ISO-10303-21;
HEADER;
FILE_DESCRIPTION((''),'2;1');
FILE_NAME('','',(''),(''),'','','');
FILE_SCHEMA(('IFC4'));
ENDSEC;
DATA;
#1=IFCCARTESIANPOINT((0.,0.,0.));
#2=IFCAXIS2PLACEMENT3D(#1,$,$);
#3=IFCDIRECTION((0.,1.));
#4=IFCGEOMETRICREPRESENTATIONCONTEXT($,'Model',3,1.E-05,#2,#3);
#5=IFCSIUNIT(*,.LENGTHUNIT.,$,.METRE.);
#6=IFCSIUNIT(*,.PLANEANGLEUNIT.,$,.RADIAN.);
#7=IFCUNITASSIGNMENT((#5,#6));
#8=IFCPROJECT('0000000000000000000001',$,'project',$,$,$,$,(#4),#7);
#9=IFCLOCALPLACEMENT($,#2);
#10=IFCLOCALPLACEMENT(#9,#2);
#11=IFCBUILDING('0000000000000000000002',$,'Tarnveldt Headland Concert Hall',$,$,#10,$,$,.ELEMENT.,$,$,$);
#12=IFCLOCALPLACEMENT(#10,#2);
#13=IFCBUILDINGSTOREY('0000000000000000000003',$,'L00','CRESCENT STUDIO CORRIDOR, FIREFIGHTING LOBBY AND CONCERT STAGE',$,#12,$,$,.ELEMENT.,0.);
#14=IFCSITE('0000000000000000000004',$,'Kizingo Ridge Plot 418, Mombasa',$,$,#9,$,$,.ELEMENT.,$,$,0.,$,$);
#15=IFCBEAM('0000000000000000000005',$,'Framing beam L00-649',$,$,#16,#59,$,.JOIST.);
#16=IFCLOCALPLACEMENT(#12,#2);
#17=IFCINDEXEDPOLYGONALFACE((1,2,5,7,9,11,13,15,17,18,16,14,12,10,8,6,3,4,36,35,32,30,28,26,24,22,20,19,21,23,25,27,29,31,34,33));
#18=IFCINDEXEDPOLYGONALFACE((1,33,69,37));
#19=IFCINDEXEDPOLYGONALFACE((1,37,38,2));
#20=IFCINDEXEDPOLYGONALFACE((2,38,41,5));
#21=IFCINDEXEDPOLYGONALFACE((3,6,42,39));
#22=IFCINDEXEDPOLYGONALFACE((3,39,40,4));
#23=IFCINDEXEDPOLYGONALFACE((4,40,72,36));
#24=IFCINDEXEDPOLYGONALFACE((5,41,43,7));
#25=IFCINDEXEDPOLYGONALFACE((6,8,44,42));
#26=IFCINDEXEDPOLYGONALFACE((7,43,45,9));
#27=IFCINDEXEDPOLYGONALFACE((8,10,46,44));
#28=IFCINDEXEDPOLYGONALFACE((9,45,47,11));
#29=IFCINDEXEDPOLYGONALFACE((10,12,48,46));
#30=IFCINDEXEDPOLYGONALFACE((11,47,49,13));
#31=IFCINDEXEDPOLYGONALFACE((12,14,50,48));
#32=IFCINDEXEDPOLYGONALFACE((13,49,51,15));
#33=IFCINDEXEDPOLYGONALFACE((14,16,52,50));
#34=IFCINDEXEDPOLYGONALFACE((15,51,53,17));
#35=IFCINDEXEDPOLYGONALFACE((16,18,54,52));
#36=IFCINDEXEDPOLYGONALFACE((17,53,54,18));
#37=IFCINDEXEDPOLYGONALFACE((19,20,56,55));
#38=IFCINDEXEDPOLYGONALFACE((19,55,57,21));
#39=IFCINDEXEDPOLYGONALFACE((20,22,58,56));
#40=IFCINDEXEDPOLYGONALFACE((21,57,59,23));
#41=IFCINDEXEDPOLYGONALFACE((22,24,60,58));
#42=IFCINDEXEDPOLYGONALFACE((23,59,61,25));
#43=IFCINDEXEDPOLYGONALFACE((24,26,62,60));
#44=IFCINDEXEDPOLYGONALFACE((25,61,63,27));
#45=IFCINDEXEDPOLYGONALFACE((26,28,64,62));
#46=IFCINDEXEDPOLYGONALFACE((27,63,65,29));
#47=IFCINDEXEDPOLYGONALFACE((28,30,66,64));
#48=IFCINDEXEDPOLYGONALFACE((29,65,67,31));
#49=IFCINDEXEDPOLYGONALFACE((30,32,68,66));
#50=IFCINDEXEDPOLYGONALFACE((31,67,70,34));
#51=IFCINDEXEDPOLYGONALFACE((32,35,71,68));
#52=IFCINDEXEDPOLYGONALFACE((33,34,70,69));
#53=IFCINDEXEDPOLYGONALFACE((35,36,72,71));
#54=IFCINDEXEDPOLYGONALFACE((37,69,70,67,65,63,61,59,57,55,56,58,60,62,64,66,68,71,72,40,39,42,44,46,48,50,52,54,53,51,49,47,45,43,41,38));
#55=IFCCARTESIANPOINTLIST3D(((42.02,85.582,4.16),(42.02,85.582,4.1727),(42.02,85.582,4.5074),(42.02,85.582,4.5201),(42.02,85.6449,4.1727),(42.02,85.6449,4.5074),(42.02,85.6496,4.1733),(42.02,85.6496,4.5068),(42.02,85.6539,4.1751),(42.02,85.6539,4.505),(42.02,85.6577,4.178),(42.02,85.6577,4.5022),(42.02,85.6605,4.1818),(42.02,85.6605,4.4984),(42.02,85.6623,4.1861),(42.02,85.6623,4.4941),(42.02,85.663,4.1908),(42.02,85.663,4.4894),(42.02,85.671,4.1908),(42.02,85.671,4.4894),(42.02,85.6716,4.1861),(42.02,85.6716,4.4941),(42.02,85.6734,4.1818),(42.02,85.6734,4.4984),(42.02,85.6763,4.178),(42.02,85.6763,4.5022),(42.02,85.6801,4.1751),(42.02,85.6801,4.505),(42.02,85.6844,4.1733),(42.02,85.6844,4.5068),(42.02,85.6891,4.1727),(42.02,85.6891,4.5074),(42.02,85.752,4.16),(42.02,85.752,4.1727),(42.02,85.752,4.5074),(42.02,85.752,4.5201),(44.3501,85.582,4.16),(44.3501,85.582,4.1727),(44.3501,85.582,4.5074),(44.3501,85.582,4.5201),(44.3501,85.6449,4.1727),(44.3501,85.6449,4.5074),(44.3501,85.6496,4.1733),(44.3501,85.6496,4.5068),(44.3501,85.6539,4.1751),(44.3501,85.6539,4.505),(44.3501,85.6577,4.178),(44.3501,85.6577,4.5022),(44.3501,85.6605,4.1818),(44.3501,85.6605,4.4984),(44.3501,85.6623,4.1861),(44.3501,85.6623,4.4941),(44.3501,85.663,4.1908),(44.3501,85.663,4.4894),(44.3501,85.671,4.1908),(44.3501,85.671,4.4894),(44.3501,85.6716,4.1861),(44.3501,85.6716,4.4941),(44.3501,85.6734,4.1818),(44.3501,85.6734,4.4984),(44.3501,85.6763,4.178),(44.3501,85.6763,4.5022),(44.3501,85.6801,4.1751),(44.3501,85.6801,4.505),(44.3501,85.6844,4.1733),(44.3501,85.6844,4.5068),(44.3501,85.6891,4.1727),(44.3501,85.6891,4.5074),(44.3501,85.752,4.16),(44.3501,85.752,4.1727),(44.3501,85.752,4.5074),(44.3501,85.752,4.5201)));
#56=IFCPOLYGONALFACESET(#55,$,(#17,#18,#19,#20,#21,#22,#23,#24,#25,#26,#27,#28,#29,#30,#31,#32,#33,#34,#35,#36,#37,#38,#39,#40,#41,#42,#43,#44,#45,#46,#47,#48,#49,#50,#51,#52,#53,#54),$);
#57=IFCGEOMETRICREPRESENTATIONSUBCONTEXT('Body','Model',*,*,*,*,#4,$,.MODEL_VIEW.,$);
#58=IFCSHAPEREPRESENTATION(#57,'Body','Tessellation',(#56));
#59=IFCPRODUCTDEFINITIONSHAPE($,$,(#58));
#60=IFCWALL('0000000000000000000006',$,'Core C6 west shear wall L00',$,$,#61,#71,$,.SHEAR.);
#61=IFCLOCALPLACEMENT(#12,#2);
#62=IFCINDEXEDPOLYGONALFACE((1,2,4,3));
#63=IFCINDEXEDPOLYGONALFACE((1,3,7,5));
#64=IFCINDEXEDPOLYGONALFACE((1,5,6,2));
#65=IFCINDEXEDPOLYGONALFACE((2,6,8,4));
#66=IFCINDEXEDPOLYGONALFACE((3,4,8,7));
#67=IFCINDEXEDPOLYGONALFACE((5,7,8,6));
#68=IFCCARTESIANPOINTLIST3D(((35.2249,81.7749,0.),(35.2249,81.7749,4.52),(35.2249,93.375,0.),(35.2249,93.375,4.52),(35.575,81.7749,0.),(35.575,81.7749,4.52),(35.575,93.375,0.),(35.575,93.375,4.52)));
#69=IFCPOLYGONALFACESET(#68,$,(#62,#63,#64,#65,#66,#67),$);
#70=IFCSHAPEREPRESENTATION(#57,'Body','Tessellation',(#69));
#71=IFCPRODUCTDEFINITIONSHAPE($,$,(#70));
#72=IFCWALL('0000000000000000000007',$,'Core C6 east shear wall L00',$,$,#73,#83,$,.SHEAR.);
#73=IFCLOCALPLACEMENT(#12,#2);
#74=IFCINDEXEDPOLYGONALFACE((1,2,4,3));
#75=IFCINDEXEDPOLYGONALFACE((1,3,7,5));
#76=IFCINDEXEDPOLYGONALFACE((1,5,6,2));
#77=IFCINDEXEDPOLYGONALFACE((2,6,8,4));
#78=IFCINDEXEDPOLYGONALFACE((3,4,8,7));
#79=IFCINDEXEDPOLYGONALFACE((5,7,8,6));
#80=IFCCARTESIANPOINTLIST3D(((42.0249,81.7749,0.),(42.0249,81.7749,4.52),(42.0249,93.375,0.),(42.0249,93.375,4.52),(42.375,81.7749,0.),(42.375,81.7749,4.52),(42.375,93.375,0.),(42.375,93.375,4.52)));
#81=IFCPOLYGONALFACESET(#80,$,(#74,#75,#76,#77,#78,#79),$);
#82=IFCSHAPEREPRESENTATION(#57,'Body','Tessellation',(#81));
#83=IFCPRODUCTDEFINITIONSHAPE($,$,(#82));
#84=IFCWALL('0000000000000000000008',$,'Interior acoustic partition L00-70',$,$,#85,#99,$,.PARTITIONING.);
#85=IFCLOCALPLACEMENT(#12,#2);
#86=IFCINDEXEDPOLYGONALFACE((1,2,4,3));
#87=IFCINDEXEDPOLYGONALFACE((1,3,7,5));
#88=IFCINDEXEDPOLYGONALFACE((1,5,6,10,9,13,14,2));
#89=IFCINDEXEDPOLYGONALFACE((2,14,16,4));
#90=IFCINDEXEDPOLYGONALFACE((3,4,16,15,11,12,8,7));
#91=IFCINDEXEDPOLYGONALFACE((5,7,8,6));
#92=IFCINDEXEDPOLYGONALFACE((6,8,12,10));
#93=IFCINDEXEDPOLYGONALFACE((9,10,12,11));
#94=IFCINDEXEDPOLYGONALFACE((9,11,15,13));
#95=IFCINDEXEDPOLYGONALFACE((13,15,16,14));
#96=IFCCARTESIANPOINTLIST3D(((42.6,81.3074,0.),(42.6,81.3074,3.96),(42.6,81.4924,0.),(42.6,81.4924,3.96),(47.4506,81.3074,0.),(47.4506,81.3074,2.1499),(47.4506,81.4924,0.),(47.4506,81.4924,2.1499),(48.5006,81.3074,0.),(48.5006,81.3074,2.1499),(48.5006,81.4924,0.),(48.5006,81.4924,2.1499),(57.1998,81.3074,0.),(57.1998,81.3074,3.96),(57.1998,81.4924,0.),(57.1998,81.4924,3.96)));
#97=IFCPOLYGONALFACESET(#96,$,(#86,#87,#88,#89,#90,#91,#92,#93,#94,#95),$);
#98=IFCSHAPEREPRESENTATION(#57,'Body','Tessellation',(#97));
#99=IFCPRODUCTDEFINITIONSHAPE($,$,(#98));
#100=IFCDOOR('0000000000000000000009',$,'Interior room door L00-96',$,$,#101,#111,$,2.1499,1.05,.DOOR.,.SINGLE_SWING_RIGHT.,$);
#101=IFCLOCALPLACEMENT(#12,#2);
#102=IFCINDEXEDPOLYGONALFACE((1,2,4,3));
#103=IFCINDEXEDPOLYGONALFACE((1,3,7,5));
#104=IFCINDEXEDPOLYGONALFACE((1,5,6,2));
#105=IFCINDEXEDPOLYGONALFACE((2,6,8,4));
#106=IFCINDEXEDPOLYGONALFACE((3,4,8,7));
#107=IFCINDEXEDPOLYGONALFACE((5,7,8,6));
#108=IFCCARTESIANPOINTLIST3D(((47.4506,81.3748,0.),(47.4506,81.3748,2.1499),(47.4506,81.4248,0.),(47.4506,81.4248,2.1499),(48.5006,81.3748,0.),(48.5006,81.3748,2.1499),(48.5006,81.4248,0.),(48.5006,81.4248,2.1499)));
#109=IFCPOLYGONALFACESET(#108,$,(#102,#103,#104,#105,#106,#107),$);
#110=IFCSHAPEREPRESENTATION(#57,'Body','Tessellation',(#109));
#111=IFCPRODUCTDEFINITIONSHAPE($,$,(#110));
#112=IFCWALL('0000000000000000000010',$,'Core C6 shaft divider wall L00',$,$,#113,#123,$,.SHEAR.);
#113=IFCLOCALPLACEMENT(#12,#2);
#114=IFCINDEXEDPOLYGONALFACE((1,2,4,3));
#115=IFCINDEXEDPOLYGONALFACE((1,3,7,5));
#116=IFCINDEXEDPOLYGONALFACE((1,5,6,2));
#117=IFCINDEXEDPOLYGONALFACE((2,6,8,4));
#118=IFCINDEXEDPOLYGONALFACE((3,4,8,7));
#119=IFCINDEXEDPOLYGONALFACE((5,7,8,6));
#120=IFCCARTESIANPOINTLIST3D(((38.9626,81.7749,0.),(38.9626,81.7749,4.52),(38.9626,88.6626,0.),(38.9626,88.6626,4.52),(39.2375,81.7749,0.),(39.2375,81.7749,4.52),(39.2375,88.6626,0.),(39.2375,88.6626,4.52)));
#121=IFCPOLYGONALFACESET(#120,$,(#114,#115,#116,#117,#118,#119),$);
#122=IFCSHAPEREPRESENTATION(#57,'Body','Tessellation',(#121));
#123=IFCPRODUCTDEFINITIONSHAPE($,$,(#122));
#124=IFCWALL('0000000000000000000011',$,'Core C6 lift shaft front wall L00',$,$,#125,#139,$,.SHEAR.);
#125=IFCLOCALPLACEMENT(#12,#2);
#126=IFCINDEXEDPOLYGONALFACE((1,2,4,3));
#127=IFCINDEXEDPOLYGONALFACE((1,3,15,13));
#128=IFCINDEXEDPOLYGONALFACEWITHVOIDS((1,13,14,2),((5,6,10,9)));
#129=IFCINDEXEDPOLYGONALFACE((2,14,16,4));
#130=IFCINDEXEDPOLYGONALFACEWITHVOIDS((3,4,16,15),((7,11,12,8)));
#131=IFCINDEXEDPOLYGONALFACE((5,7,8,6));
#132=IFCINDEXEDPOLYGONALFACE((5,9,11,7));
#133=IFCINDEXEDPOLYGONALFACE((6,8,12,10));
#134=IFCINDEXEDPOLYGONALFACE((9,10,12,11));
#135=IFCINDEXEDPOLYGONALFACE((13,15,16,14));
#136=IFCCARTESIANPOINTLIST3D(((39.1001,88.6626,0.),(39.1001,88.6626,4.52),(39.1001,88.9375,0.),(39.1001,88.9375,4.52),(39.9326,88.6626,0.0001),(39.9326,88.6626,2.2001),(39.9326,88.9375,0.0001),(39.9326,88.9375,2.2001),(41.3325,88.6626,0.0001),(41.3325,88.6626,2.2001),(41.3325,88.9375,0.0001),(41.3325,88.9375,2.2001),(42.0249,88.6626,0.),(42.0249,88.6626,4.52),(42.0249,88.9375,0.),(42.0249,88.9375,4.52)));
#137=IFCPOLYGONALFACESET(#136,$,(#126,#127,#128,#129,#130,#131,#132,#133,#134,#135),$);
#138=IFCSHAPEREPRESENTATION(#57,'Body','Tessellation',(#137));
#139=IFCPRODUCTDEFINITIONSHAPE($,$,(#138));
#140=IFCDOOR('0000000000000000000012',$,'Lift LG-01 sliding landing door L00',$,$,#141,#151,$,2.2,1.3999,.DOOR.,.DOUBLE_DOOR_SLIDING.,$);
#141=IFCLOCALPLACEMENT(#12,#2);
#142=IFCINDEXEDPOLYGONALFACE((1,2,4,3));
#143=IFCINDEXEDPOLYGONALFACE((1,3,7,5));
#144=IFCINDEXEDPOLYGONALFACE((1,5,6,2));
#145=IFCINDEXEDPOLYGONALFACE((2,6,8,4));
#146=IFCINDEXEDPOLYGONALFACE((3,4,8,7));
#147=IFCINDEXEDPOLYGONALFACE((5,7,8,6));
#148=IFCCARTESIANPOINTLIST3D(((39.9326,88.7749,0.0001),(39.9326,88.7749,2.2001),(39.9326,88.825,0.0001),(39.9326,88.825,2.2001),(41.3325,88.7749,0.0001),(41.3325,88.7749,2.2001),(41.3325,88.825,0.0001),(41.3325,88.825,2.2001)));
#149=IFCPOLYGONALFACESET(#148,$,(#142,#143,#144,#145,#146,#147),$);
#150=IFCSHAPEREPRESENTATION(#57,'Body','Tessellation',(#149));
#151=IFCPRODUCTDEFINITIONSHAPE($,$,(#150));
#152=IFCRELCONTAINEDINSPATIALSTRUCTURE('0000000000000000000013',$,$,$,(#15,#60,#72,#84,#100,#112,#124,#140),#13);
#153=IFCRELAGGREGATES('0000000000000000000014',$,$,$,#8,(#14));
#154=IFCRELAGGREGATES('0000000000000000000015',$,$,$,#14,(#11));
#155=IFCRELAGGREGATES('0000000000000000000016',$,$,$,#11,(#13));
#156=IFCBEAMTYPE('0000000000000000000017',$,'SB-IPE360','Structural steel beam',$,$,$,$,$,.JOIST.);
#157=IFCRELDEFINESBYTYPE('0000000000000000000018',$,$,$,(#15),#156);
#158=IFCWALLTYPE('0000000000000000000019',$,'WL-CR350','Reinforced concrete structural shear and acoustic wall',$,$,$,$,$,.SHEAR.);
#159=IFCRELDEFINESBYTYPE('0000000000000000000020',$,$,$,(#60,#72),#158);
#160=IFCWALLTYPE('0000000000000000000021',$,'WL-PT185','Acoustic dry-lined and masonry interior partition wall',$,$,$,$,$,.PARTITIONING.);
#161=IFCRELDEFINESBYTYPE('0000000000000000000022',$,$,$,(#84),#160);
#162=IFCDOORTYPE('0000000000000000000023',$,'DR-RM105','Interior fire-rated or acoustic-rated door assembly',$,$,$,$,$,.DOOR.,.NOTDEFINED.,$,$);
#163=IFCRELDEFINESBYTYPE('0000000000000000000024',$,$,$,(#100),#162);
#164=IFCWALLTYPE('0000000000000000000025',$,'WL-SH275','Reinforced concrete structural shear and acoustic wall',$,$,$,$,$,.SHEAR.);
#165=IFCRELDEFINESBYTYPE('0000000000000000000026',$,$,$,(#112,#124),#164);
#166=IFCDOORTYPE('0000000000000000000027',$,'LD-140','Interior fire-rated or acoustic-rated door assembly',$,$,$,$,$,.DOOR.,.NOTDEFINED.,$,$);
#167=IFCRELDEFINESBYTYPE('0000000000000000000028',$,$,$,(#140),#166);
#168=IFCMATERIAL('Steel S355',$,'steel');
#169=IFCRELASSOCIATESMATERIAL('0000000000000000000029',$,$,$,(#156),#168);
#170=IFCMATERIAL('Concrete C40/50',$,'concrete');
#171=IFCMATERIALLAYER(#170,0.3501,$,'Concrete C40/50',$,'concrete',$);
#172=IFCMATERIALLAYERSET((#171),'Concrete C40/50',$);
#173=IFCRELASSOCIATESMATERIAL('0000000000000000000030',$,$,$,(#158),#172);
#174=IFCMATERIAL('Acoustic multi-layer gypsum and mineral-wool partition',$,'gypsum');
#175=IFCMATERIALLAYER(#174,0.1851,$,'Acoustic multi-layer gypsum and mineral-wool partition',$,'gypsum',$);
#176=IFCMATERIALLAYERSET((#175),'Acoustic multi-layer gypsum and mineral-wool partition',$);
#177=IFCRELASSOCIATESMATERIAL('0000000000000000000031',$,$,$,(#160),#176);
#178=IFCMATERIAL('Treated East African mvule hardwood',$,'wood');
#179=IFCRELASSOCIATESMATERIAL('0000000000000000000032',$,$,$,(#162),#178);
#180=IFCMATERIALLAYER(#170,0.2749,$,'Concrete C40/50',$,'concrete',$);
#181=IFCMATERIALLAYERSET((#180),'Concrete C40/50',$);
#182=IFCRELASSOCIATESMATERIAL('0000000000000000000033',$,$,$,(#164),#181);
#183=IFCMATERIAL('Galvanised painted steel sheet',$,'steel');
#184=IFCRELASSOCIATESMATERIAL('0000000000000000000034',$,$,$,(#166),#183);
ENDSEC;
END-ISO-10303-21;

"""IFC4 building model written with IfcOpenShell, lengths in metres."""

from ifc_helpers import new_model, si_unit, direction, frame, frame_2d, origin, origin_2d, place, context, subcontext, project, spatial, rectangle, i_section, extrude, material, layer, layer_set, material_profile, profile_set, type_object, element, fill, save


model = new_model("IFC4")

# Units and contexts
model_context = context("Model", 3, precision=1e-05, world=origin(), true_north=direction((0.0, 1.0)))
body_context = subcontext(model_context, "Body", "Model", "MODEL_VIEW")
ifc_project = project(units=[si_unit("LENGTHUNIT", "METRE"), si_unit("PLANEANGLEUNIT", "RADIAN")], contexts=[model_context])

# Site, building, storey
site_placement = place(None, origin())
site = spatial("IfcSite", under=ifc_project, at=site_placement, Name="Kizingo Ridge Plot 418, Mombasa", CompositionType="ELEMENT", RefElevation=0.0)
building_placement = place(site_placement, origin())
building = spatial("IfcBuilding", under=site, at=building_placement, Name="Tarnveldt Headland Concert Hall", CompositionType="ELEMENT")
storey_placement = place(building_placement, origin())
storey = spatial("IfcBuildingStorey", under=building, at=storey_placement, Name="L00", Description="CRESCENT STUDIO CORRIDOR, FIREFIGHTING LOBBY AND CONCERT STAGE", CompositionType="ELEMENT", Elevation=0.0)

# Shared definitions
ifc_material_1 = material(Name="Concrete C40/50", Category="concrete")

# Beam
ifc_material_2 = material(Name="Steel S355", Category="steel")
ifc_material_profile_1 = material_profile(ifc_material_2, i_section(OverallWidth=0.1699, OverallDepth=0.3601, WebThickness=0.0081, FlangeThickness=0.0127, FilletRadius=0.0181, at=origin_2d()), Name="IPE360", Category="steel")
ifc_profile_set_1 = profile_set([ifc_material_profile_1], Name="Steel S355")
beam_type_1 = type_object("IfcBeamType", Name="SB-IPE360", Description="Structural steel beam", PredefinedType="JOIST", material=ifc_profile_set_1)
beam_1_placement = place(storey_placement, frame((42.02, 85.667, 4.3401), z_axis=(1.0, 0.0, 0.0), x_axis=(0.0, 1.0, 0.0)))
element("IfcBeam", 1, at=beam_1_placement, inside=storey, type_object=beam_type_1, Name="Framing beam L00-649", PredefinedType="JOIST", context=body_context, shape_type="SweptSolid", body=[
    extrude(i_section(OverallWidth=0.1699, OverallDepth=0.3601, WebThickness=0.0081, FlangeThickness=0.0127, FilletRadius=0.0181, at=origin_2d()), origin(), (0.0, 0.0, 1.0), 2.3301),
])

# Walls
ifc_layer_1 = layer(ifc_material_1, 0.3501, Name="Concrete C40/50", Category="concrete")
ifc_layer_set_1 = layer_set([ifc_layer_1], Name="Concrete C40/50")
wall_type_1 = type_object("IfcWallType", Name="WL-CR350", Description="Reinforced concrete structural shear and acoustic wall", PredefinedType="SHEAR", material=ifc_layer_set_1)
for number, where, z_axis, x_axis, name in (
    (2, (35.3999, 81.7749, 0.0), (0.0, 0.0, 1.0), (0.0, 1.0, 0.0), "Core C6 west shear wall L00"),
    (3, (42.2, 81.7749, 0.0), (0.0, 0.0, 1.0), (0.0, 1.0, 0.0), "Core C6 east shear wall L00"),
):
    element("IfcWall", number, at=place(storey_placement, frame(where, z_axis=z_axis, x_axis=x_axis)), inside=storey, type_object=wall_type_1, Name=name, PredefinedType="SHEAR", context=body_context, shape_type="SweptSolid", body=[
        extrude(rectangle(XDim=11.6001, YDim=0.3501, at=frame_2d((5.8, 0.0))), origin(), (0.0, 0.0, 1.0), 4.52),
    ])

# Wall, opening, door
ifc_material_3 = material(Name="Acoustic multi-layer gypsum and mineral-wool partition", Category="gypsum")
ifc_layer_2 = layer(ifc_material_3, 0.1851, Name="Acoustic multi-layer gypsum and mineral-wool partition", Category="gypsum")
ifc_layer_set_2 = layer_set([ifc_layer_2], Name="Acoustic multi-layer gypsum and mineral-wool partition")
wall_type_2 = type_object("IfcWallType", Name="WL-PT185", Description="Acoustic dry-lined and masonry interior partition wall", PredefinedType="PARTITIONING", material=ifc_layer_set_2)
wall_1_placement = place(storey_placement, frame((42.6001, 81.3999, 0.0), z_axis=(0.0, 0.0, 1.0), x_axis=(1.0, 0.0, 0.0)))
wall_1 = element("IfcWall", 4, at=wall_1_placement, inside=storey, type_object=wall_type_2, Name="Interior acoustic partition L00-70", PredefinedType="PARTITIONING", context=body_context, shape_type="SweptSolid", body=[
    extrude(rectangle(XDim=14.5999, YDim=0.1851, at=frame_2d((7.2998, 0.0))), origin(), (0.0, 0.0, 1.0), 3.96),
])
opening_1_placement = place(wall_1_placement, frame((4.8506, 0.0, 0.0)))
opening_1 = element("IfcOpeningElement", 5, at=opening_1_placement, cuts=wall_1, PredefinedType="OPENING", context=body_context, shape_type="SweptSolid", body=[
    extrude(rectangle(XDim=1.05, YDim=2.1499, at=frame_2d((0.5249, 1.075))), frame((0.0, 0.1025, 0.0), z_axis=(0.0, -1.0, 0.0), x_axis=(1.0, 0.0, 0.0)), (0.0, 0.0, 1.0), 0.2051),
])
ifc_material_4 = material(Name="Treated East African mvule hardwood", Category="wood")
door_type_1 = type_object("IfcDoorType", Name="DR-RM105", Description="Interior fire-rated or acoustic-rated door assembly", OperationType="NOTDEFINED", PredefinedType="DOOR", material=ifc_material_4)
door_1_placement = place(opening_1_placement, origin())
door_1 = element("IfcDoor", 6, at=door_1_placement, inside=storey, type_object=door_type_1, Name="Interior room door L00-96", OperationType="SINGLE_SWING_RIGHT", OverallHeight=2.1499, OverallWidth=1.05, PredefinedType="DOOR", context=body_context, shape_type="SweptSolid", body=[
    extrude(rectangle(XDim=1.05, YDim=2.1499, at=frame_2d((0.5249, 1.075))), frame((0.0, 0.0249, 0.0), z_axis=(0.0, -1.0, 0.0), x_axis=(1.0, 0.0, 0.0)), (0.0, 0.0, 1.0), 0.05),
])
fill(opening_1, door_1)

# Wall
ifc_layer_3 = layer(ifc_material_1, 0.2749, Name="Concrete C40/50", Category="concrete")
ifc_layer_set_3 = layer_set([ifc_layer_3], Name="Concrete C40/50")
wall_type_3 = type_object("IfcWallType", Name="WL-SH275", Description="Reinforced concrete structural shear and acoustic wall", PredefinedType="SHEAR", material=ifc_layer_set_3)
wall_2_placement = place(storey_placement, frame((39.1001, 81.7749, 0.0), z_axis=(0.0, 0.0, 1.0), x_axis=(0.0, 1.0, 0.0)))
element("IfcWall", 7, at=wall_2_placement, inside=storey, type_object=wall_type_3, Name="Core C6 shaft divider wall L00", PredefinedType="SHEAR", context=body_context, shape_type="SweptSolid", body=[
    extrude(rectangle(XDim=6.8877, YDim=0.2749, at=frame_2d((3.4438, 0.0))), origin(), (0.0, 0.0, 1.0), 4.52),
])

# Wall, opening, door
ifc_material_5 = material(Name="Galvanised painted steel sheet", Category="steel")
wall_3_placement = place(storey_placement, frame((39.1001, 88.8, 0.0), z_axis=(0.0, 0.0, 1.0), x_axis=(1.0, 0.0, 0.0)))
wall_3 = element("IfcWall", 8, at=wall_3_placement, inside=storey, type_object=wall_type_3, Name="Core C6 lift shaft front wall L00", PredefinedType="SHEAR", context=body_context, shape_type="SweptSolid", body=[
    extrude(rectangle(XDim=2.9248, YDim=0.2749, at=frame_2d((1.4624, 0.0))), origin(), (0.0, 0.0, 1.0), 4.52),
])
opening_2_placement = place(wall_3_placement, frame((0.8325, 0.0, 0.0)))
opening_2 = element("IfcOpeningElement", 9, at=opening_2_placement, cuts=wall_3, PredefinedType="OPENING", context=body_context, shape_type="SweptSolid", body=[
    extrude(rectangle(XDim=1.3999, YDim=2.2, at=frame_2d((0.7, 1.1001))), frame((0.0, 0.1475, 0.0), z_axis=(0.0, -1.0, 0.0), x_axis=(1.0, 0.0, 0.0)), (0.0, 0.0, 1.0), 0.2949),
])
door_type_2 = type_object("IfcDoorType", Name="LD-140", Description="Interior fire-rated or acoustic-rated door assembly", OperationType="NOTDEFINED", PredefinedType="DOOR", material=ifc_material_5)
door_2_placement = place(opening_2_placement, origin())
door_2 = element("IfcDoor", 10, at=door_2_placement, inside=storey, type_object=door_type_2, Name="Lift LG-01 sliding landing door L00", OperationType="DOUBLE_DOOR_SLIDING", OverallHeight=2.2, OverallWidth=1.3999, PredefinedType="DOOR", context=body_context, shape_type="SweptSolid", body=[
    extrude(rectangle(XDim=1.3999, YDim=2.2, at=frame_2d((0.7, 1.1001))), frame((0.0, 0.0249, 0.0), z_axis=(0.0, -1.0, 0.0), x_axis=(1.0, 0.0, 0.0)), (0.0, 0.0, 1.0), 0.05),
])
fill(opening_2, door_2)

save(model, "model.ifc")
